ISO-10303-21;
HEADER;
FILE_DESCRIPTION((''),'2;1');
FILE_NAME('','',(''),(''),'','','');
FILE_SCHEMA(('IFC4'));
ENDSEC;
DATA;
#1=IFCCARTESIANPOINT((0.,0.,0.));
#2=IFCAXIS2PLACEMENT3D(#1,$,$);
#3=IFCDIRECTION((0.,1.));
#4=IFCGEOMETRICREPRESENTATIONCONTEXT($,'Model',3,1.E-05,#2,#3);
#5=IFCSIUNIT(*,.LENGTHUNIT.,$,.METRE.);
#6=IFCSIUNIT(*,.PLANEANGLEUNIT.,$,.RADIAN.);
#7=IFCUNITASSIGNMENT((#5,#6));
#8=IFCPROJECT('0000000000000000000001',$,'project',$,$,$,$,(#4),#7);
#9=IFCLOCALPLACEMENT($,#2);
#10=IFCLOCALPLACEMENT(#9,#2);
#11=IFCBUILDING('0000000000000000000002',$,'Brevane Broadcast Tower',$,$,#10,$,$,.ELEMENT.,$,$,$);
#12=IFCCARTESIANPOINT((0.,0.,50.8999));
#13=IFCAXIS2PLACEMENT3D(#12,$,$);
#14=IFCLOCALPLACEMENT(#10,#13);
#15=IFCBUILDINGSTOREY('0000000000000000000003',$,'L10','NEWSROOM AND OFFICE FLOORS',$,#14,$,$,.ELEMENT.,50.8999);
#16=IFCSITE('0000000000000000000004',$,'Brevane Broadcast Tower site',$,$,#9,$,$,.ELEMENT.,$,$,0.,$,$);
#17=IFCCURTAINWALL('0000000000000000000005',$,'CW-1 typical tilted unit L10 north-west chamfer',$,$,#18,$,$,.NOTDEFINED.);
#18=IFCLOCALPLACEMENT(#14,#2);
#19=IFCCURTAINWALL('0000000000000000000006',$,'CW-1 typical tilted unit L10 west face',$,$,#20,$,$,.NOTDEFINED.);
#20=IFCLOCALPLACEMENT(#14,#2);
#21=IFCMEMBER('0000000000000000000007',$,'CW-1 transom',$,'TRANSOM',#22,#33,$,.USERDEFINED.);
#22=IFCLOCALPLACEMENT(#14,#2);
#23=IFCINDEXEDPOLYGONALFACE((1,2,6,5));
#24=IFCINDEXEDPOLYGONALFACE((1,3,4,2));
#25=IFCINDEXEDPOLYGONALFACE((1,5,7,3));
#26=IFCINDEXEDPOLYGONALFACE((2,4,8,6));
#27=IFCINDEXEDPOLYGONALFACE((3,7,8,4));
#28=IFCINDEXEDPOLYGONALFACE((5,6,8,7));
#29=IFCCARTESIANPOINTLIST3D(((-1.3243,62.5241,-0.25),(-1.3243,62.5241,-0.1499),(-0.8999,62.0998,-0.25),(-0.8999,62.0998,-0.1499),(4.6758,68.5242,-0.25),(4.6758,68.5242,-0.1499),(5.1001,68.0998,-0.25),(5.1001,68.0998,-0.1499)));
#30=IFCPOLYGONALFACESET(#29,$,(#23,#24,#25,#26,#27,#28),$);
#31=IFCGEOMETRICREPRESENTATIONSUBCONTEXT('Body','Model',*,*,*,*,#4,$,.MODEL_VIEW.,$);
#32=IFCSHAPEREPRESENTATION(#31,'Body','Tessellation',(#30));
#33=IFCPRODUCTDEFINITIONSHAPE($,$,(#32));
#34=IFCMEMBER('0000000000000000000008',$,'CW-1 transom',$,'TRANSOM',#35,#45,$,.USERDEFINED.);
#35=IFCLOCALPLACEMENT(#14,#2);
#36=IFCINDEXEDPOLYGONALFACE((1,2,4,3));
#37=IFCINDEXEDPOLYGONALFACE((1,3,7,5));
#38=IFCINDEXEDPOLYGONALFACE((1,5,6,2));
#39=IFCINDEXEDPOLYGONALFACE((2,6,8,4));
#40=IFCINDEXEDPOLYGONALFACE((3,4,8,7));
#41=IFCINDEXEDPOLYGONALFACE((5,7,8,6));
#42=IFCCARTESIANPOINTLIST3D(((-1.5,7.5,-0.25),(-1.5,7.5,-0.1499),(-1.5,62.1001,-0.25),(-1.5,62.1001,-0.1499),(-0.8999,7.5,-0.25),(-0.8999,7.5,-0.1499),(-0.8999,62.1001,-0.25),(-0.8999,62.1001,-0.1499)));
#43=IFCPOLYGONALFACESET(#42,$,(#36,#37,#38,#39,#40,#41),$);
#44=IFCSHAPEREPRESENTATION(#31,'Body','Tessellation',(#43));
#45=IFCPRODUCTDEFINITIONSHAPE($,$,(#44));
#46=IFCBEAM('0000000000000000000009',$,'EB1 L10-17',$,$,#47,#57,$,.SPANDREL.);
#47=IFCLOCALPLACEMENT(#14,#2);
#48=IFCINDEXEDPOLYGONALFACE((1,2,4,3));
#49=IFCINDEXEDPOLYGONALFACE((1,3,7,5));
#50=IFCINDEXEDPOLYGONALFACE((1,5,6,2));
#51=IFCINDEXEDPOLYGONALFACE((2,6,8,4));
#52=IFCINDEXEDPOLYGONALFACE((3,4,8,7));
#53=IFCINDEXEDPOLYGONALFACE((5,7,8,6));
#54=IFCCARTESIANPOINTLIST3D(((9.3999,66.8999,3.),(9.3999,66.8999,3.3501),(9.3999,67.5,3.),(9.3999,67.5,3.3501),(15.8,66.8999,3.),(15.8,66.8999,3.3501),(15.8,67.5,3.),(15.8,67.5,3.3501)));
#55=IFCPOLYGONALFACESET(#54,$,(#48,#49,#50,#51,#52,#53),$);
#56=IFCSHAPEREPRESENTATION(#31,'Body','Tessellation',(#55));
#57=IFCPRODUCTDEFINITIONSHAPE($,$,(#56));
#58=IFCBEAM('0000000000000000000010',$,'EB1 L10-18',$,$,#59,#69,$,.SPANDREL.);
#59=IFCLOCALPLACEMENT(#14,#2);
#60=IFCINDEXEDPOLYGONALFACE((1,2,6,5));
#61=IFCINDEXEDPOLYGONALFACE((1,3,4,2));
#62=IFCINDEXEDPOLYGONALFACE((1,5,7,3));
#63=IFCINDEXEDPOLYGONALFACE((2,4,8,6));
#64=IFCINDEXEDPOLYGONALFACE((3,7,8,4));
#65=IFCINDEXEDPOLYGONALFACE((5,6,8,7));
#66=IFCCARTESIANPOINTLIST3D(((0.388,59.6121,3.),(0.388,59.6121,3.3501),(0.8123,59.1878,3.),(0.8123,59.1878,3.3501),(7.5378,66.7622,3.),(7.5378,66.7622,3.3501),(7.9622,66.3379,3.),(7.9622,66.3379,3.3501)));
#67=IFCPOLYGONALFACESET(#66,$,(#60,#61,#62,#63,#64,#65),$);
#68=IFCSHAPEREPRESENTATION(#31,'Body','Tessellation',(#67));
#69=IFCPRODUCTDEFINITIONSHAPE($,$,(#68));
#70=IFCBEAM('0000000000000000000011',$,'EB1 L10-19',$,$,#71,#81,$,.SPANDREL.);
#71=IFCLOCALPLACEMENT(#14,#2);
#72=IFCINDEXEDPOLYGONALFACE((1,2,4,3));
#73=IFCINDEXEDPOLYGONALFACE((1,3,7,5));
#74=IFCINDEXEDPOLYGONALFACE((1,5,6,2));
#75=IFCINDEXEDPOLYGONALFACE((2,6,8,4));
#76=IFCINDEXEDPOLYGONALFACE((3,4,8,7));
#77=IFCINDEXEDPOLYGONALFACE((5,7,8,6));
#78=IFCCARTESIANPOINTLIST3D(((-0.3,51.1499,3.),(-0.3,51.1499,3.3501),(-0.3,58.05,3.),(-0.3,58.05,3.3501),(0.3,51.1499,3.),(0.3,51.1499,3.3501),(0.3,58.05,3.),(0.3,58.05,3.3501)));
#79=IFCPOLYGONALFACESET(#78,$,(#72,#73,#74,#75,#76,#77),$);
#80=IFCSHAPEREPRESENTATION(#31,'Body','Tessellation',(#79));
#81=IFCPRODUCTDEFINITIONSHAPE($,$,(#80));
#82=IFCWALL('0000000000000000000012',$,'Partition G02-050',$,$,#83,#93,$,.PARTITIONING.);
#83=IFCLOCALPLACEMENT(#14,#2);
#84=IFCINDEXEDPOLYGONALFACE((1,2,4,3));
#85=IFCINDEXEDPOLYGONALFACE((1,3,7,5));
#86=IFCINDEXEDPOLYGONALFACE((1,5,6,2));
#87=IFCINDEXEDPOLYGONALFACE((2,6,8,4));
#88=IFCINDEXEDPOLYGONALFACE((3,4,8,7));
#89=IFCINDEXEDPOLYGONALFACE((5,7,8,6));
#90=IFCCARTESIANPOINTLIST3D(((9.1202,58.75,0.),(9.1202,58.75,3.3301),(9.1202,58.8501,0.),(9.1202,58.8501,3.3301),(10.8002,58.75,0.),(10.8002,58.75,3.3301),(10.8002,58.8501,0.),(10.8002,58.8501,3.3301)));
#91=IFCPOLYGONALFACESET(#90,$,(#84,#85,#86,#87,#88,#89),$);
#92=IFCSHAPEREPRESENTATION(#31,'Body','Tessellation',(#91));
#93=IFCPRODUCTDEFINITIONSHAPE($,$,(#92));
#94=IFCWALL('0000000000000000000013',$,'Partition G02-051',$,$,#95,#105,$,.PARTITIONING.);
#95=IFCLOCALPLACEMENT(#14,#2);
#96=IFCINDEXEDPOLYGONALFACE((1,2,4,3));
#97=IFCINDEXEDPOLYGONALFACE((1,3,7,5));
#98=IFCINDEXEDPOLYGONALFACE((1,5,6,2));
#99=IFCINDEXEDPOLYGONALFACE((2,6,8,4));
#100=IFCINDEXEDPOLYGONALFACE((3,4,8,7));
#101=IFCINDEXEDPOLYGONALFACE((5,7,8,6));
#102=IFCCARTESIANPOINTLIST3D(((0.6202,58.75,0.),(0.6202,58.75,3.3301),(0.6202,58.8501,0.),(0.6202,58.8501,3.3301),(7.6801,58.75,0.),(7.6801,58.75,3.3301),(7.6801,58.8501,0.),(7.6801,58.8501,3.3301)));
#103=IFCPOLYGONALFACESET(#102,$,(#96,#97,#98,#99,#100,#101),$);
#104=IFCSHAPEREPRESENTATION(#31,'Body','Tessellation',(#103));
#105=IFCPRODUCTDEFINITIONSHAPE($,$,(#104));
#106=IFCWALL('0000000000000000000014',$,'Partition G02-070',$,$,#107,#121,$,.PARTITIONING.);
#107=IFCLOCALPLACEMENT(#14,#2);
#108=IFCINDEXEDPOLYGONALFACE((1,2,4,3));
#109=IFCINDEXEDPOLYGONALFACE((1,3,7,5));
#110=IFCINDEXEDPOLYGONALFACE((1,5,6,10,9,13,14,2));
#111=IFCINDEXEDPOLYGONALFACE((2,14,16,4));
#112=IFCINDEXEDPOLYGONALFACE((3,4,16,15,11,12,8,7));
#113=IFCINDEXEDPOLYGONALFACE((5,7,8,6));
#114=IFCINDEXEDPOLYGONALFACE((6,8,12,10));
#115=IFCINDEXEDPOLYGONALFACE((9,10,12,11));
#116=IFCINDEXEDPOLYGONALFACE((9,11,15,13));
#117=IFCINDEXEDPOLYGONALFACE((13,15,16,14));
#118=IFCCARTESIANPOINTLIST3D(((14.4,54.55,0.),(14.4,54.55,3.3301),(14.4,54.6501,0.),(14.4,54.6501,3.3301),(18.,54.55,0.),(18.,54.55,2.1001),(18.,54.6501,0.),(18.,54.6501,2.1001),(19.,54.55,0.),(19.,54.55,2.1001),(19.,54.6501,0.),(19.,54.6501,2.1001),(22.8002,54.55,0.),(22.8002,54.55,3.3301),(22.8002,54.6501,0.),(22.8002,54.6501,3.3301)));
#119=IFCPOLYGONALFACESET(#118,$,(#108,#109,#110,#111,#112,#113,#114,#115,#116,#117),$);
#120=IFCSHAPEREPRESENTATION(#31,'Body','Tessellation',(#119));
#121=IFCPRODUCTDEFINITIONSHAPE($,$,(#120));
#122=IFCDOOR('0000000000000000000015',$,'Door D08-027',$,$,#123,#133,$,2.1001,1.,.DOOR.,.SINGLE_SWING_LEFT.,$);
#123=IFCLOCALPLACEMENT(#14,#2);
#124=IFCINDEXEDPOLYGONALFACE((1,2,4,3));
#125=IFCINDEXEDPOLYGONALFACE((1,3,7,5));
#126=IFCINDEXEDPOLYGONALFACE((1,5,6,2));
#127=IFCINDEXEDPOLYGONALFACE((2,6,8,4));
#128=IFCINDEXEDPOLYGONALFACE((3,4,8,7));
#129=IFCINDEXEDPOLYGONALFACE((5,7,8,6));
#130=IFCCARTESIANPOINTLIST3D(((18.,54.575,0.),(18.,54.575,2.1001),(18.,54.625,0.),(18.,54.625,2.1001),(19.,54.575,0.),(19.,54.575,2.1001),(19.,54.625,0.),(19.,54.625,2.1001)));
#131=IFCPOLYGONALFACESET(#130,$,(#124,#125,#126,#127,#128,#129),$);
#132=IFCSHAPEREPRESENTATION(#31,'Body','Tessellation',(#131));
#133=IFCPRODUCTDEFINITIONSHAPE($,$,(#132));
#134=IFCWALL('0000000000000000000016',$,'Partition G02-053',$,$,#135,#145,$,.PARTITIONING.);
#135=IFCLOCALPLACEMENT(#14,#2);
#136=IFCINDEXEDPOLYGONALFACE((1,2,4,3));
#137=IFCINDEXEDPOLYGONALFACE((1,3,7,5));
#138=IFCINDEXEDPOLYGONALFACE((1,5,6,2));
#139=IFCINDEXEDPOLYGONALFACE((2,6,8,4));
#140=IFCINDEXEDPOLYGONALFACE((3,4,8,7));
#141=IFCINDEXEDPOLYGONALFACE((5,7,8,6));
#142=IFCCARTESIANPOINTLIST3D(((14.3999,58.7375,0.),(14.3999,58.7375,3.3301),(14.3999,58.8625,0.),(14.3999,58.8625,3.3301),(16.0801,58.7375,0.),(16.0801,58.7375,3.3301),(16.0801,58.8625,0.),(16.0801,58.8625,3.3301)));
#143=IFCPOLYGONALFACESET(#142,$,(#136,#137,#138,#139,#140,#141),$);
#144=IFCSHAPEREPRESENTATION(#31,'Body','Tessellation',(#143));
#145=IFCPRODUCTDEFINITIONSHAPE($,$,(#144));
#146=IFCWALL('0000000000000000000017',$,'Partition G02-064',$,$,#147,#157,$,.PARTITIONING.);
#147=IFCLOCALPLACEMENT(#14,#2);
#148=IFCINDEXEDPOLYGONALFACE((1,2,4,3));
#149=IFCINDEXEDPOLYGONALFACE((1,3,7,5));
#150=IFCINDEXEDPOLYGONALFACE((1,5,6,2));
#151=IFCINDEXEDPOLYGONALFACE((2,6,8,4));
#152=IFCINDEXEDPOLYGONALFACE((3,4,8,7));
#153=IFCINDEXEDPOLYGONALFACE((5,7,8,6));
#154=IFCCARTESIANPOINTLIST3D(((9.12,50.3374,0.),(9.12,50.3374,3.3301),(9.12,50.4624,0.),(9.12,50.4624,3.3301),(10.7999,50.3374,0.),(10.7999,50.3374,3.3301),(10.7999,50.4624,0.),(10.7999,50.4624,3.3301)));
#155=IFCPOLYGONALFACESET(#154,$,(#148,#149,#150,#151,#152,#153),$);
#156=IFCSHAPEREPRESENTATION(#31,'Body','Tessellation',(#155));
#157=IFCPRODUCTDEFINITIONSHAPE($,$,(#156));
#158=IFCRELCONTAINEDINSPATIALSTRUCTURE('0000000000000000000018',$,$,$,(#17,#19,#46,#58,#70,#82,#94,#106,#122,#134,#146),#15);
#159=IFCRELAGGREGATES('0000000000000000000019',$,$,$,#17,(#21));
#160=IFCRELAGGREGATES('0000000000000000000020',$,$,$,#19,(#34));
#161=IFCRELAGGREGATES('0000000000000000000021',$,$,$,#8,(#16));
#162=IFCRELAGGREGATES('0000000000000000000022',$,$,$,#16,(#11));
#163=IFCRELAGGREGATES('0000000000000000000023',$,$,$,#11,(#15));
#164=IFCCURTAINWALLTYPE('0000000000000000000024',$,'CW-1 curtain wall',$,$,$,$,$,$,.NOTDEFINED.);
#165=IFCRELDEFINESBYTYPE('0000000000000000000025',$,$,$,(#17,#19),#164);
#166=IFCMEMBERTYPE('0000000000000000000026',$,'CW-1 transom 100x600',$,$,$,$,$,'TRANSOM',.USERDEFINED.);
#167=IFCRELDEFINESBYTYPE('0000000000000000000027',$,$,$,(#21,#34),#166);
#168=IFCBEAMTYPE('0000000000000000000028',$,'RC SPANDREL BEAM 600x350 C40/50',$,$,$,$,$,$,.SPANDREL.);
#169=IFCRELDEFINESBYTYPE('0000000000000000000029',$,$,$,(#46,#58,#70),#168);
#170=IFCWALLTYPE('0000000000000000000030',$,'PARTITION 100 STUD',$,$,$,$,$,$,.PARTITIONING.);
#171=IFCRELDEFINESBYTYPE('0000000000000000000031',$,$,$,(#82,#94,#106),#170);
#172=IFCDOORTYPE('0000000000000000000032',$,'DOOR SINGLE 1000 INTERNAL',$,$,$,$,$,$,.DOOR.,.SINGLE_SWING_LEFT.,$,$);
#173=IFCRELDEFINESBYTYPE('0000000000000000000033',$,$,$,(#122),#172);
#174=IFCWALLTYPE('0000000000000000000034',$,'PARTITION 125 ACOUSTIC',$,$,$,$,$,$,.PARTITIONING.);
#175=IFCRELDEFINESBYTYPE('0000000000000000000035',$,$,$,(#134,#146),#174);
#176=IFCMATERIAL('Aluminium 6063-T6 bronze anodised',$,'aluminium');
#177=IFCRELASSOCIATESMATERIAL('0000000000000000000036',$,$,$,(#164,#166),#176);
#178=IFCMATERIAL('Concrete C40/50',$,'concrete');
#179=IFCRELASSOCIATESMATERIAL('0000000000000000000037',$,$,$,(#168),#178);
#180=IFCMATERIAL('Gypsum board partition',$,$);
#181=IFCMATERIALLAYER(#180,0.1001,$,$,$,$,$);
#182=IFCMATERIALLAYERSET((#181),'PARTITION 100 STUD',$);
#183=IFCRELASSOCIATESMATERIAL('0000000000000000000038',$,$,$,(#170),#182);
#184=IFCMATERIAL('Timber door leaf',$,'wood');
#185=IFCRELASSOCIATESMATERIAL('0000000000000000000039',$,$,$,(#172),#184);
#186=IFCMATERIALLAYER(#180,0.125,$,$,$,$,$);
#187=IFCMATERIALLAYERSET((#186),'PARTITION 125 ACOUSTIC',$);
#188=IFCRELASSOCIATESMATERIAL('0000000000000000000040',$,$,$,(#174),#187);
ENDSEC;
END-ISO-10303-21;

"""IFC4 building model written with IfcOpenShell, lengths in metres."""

from ifc_helpers import new_model, si_unit, direction, frame, frame_2d, origin, origin_2d, place, context, subcontext, project, spatial, rectangle, extrude, material, layer, layer_set, material_profile, profile_set, type_object, element, fill, aggregate, save


model = new_model("IFC4")

# Units and contexts
model_context = context("Model", 3, precision=1e-05, world=origin(), true_north=direction((0.0, 1.0)))
body_context = subcontext(model_context, "Body", "Model", "MODEL_VIEW")
ifc_project = project(units=[si_unit("LENGTHUNIT", "METRE"), si_unit("PLANEANGLEUNIT", "RADIAN")], contexts=[model_context])

# Site, building, storey
site_placement = place(None, origin())
site = spatial("IfcSite", under=ifc_project, at=site_placement, Name="Brevane Broadcast Tower site", CompositionType="ELEMENT", RefElevation=0.0)
building_placement = place(site_placement, origin())
building = spatial("IfcBuilding", under=site, at=building_placement, Name="Brevane Broadcast Tower", CompositionType="ELEMENT")
storey_placement = place(building_placement, frame((0.0, 0.0, 50.8999)))
storey = spatial("IfcBuildingStorey", under=building, at=storey_placement, Name="L10", Description="NEWSROOM AND OFFICE FLOORS", CompositionType="ELEMENT", Elevation=50.8999)

# Curtain walls
ifc_material_1 = material(Name="Aluminium 6063-T6 bronze anodised", Category="aluminium")
curtain_wall_type = type_object("IfcCurtainWallType", Name="CW-1 curtain wall", PredefinedType="NOTDEFINED", material=ifc_material_1)
curtain_wall_1_placement = place(storey_placement, origin())
curtain_wall_1 = element("IfcCurtainWall", 1, at=curtain_wall_1_placement, inside=storey, type_object=curtain_wall_type, Name="CW-1 typical tilted unit L10 north-west chamfer", PredefinedType="NOTDEFINED")
curtain_wall_2_placement = place(storey_placement, origin())
curtain_wall_2 = element("IfcCurtainWall", 2, at=curtain_wall_2_placement, inside=storey, type_object=curtain_wall_type, Name="CW-1 typical tilted unit L10 west face", PredefinedType="NOTDEFINED")

# Members
ifc_material_profile_1 = material_profile(ifc_material_1, rectangle(XDim=0.6001, YDim=0.1001, at=origin_2d()), Name="RECT 100x600")
ifc_profile_set_1 = profile_set([ifc_material_profile_1], Name="Aluminium 6063-T6 bronze anodised")
member_type_1 = type_object("IfcMemberType", Name="CW-1 transom 100x600", ElementType="TRANSOM", PredefinedType="USERDEFINED", material=ifc_profile_set_1)
member_1_placement = place(storey_placement, frame((4.8879, 68.312, -0.2), z_axis=(-0.707107, -0.707107, 0.0), x_axis=(0.707107, -0.707107, 0.0)))
member_1 = element("IfcMember", 3, at=member_1_placement, type_object=member_type_1, Name="CW-1 transom", ObjectType="TRANSOM", PredefinedType="USERDEFINED", context=body_context, shape_type="SweptSolid", body=[
    extrude(rectangle(XDim=0.6001, YDim=0.1001, at=origin_2d()), origin(), (0.0, 0.0, 1.0), 8.4854),
])
aggregate(curtain_wall_1, [member_1])
member_2_placement = place(storey_placement, frame((-1.2, 62.1001, -0.2), z_axis=(0.0, -1.0, 0.0), x_axis=(1.0, 0.0, 0.0)))
member_2 = element("IfcMember", 4, at=member_2_placement, type_object=member_type_1, Name="CW-1 transom", ObjectType="TRANSOM", PredefinedType="USERDEFINED", context=body_context, shape_type="SweptSolid", body=[
    extrude(rectangle(XDim=0.6001, YDim=0.1001, at=origin_2d()), origin(), (0.0, 0.0, 1.0), 54.6001),
])
aggregate(curtain_wall_2, [member_2])

# Beams
ifc_material_2 = material(Name="Concrete C40/50", Category="concrete")
ifc_material_profile_2 = material_profile(ifc_material_2, rectangle(XDim=0.6001, YDim=0.3501, at=origin_2d()), Name="RC 600x350")
ifc_profile_set_2 = profile_set([ifc_material_profile_2], Name="Concrete C40/50")
beam_type = type_object("IfcBeamType", Name="RC SPANDREL BEAM 600x350 C40/50", PredefinedType="SPANDREL", material=ifc_profile_set_2)
beam_1_placement = place(storey_placement, frame((15.8, 67.2, 3.175), z_axis=(-1.0, 0.0, 0.0), x_axis=(0.0, -1.0, 0.0)))
element("IfcBeam", 5, at=beam_1_placement, inside=storey, type_object=beam_type, Name="EB1 L10-17", PredefinedType="SPANDREL", context=body_context, shape_type="SweptSolid", body=[
    extrude(rectangle(XDim=0.6001, YDim=0.3501, at=origin_2d()), origin(), (0.0, 0.0, 1.0), 6.4001),
])
beam_2_placement = place(storey_placement, frame((7.75, 66.55, 3.175), z_axis=(-0.707095, -0.707119, 0.0), x_axis=(0.707119, -0.707095, 0.0)))
element("IfcBeam", 6, at=beam_2_placement, inside=storey, type_object=beam_type, Name="EB1 L10-18", PredefinedType="SPANDREL", context=body_context, shape_type="SweptSolid", body=[
    extrude(rectangle(XDim=0.6001, YDim=0.3501, at=origin_2d()), origin(), (0.0, 0.0, 1.0), 10.1116),
])
beam_3_placement = place(storey_placement, frame((0.0, 58.05, 3.175), z_axis=(0.0, -1.0, 0.0), x_axis=(1.0, 0.0, 0.0)))
element("IfcBeam", 7, at=beam_3_placement, inside=storey, type_object=beam_type, Name="EB1 L10-19", PredefinedType="SPANDREL", context=body_context, shape_type="SweptSolid", body=[
    extrude(rectangle(XDim=0.6001, YDim=0.3501, at=origin_2d()), origin(), (0.0, 0.0, 1.0), 6.9001),
])

# Walls
ifc_material_3 = material(Name="Gypsum board partition")
ifc_layer_1 = layer(ifc_material_3, 0.1001)
ifc_layer_set_1 = layer_set([ifc_layer_1], Name="PARTITION 100 STUD")
wall_type_1 = type_object("IfcWallType", Name="PARTITION 100 STUD", PredefinedType="PARTITIONING", material=ifc_layer_set_1)
wall_1_placement = place(storey_placement, frame((10.8, 58.8, 0.0), z_axis=(0.0, 0.0, 1.0), x_axis=(-1.0, 0.0, 0.0)))
element("IfcWall", 8, at=wall_1_placement, inside=storey, type_object=wall_type_1, Name="Partition G02-050", PredefinedType="PARTITIONING", context=body_context, shape_type="SweptSolid", body=[
    extrude(rectangle(XDim=1.6799, YDim=0.1001, at=frame_2d((0.8398, 0.0))), origin(), (0.0, 0.0, 1.0), 3.3301),
])
wall_2_placement = place(storey_placement, frame((7.6799, 58.8, 0.0), z_axis=(0.0, 0.0, 1.0), x_axis=(-1.0, 0.0, 0.0)))
element("IfcWall", 9, at=wall_2_placement, inside=storey, type_object=wall_type_1, Name="Partition G02-051", PredefinedType="PARTITIONING", context=body_context, shape_type="SweptSolid", body=[
    extrude(rectangle(XDim=7.0598, YDim=0.1001, at=frame_2d((3.5298, 0.0))), origin(), (0.0, 0.0, 1.0), 3.3301),
])

# Wall, opening, door
wall_3_placement = place(storey_placement, frame((14.3999, 54.6001, 0.0), z_axis=(0.0, 0.0, 1.0), x_axis=(1.0, 0.0, 0.0)))
wall_3 = element("IfcWall", 10, at=wall_3_placement, inside=storey, type_object=wall_type_1, Name="Partition G02-070", PredefinedType="PARTITIONING", context=body_context, shape_type="SweptSolid", body=[
    extrude(rectangle(XDim=8.4001, YDim=0.1001, at=frame_2d((4.2002, 0.0))), origin(), (0.0, 0.0, 1.0), 3.3301),
])
opening_1_placement = place(wall_3_placement, frame((3.6001, 0.0, 0.0)))
opening_1 = element("IfcOpeningElement", 11, at=opening_1_placement, cuts=wall_3, PredefinedType="OPENING", context=body_context, shape_type="SweptSolid", body=[
    extrude(rectangle(XDim=1.0, YDim=2.1001, at=frame_2d((0.5, 1.05))), frame((0.0, 0.0601, 0.0), z_axis=(0.0, -1.0, 0.0), x_axis=(1.0, 0.0, 0.0)), (0.0, 0.0, 1.0), 0.1201),
])
ifc_material_4 = material(Name="Timber door leaf", Category="wood")
door_type_1 = type_object("IfcDoorType", Name="DOOR SINGLE 1000 INTERNAL", OperationType="SINGLE_SWING_LEFT", PredefinedType="DOOR", material=ifc_material_4)
door_1_placement = place(opening_1_placement, origin())
door_1 = element("IfcDoor", 12, at=door_1_placement, inside=storey, type_object=door_type_1, Name="Door D08-027", OperationType="SINGLE_SWING_LEFT", OverallHeight=2.1001, OverallWidth=1.0, PredefinedType="DOOR", context=body_context, shape_type="SweptSolid", body=[
    extrude(rectangle(XDim=1.0, YDim=2.1001, at=frame_2d((0.5, 1.05))), frame((0.0, 0.0249, 0.0), z_axis=(0.0, -1.0, 0.0), x_axis=(1.0, 0.0, 0.0)), (0.0, 0.0, 1.0), 0.05),
])
fill(opening_1, door_1)

# Walls
ifc_layer_2 = layer(ifc_material_3, 0.125)
ifc_layer_set_2 = layer_set([ifc_layer_2], Name="PARTITION 125 ACOUSTIC")
wall_type_2 = type_object("IfcWallType", Name="PARTITION 125 ACOUSTIC", PredefinedType="PARTITIONING", material=ifc_layer_set_2)
wall_4_placement = place(storey_placement, frame((16.0801, 58.8, 0.0), z_axis=(0.0, 0.0, 1.0), x_axis=(-1.0, 0.0, 0.0)))
element("IfcWall", 13, at=wall_4_placement, inside=storey, type_object=wall_type_2, Name="Partition G02-053", PredefinedType="PARTITIONING", context=body_context, shape_type="SweptSolid", body=[
    extrude(rectangle(XDim=1.6802, YDim=0.125, at=frame_2d((0.8401, 0.0))), origin(), (0.0, 0.0, 1.0), 3.3301),
])
wall_5_placement = place(storey_placement, frame((9.1201, 50.3999, 0.0), z_axis=(0.0, 0.0, 1.0), x_axis=(1.0, 0.0, 0.0)))
element("IfcWall", 14, at=wall_5_placement, inside=storey, type_object=wall_type_2, Name="Partition G02-064", PredefinedType="PARTITIONING", context=body_context, shape_type="SweptSolid", body=[
    extrude(rectangle(XDim=1.6799, YDim=0.125, at=frame_2d((0.8398, 0.0))), origin(), (0.0, 0.0, 1.0), 3.3301),
])

save(model, "model.ifc")
